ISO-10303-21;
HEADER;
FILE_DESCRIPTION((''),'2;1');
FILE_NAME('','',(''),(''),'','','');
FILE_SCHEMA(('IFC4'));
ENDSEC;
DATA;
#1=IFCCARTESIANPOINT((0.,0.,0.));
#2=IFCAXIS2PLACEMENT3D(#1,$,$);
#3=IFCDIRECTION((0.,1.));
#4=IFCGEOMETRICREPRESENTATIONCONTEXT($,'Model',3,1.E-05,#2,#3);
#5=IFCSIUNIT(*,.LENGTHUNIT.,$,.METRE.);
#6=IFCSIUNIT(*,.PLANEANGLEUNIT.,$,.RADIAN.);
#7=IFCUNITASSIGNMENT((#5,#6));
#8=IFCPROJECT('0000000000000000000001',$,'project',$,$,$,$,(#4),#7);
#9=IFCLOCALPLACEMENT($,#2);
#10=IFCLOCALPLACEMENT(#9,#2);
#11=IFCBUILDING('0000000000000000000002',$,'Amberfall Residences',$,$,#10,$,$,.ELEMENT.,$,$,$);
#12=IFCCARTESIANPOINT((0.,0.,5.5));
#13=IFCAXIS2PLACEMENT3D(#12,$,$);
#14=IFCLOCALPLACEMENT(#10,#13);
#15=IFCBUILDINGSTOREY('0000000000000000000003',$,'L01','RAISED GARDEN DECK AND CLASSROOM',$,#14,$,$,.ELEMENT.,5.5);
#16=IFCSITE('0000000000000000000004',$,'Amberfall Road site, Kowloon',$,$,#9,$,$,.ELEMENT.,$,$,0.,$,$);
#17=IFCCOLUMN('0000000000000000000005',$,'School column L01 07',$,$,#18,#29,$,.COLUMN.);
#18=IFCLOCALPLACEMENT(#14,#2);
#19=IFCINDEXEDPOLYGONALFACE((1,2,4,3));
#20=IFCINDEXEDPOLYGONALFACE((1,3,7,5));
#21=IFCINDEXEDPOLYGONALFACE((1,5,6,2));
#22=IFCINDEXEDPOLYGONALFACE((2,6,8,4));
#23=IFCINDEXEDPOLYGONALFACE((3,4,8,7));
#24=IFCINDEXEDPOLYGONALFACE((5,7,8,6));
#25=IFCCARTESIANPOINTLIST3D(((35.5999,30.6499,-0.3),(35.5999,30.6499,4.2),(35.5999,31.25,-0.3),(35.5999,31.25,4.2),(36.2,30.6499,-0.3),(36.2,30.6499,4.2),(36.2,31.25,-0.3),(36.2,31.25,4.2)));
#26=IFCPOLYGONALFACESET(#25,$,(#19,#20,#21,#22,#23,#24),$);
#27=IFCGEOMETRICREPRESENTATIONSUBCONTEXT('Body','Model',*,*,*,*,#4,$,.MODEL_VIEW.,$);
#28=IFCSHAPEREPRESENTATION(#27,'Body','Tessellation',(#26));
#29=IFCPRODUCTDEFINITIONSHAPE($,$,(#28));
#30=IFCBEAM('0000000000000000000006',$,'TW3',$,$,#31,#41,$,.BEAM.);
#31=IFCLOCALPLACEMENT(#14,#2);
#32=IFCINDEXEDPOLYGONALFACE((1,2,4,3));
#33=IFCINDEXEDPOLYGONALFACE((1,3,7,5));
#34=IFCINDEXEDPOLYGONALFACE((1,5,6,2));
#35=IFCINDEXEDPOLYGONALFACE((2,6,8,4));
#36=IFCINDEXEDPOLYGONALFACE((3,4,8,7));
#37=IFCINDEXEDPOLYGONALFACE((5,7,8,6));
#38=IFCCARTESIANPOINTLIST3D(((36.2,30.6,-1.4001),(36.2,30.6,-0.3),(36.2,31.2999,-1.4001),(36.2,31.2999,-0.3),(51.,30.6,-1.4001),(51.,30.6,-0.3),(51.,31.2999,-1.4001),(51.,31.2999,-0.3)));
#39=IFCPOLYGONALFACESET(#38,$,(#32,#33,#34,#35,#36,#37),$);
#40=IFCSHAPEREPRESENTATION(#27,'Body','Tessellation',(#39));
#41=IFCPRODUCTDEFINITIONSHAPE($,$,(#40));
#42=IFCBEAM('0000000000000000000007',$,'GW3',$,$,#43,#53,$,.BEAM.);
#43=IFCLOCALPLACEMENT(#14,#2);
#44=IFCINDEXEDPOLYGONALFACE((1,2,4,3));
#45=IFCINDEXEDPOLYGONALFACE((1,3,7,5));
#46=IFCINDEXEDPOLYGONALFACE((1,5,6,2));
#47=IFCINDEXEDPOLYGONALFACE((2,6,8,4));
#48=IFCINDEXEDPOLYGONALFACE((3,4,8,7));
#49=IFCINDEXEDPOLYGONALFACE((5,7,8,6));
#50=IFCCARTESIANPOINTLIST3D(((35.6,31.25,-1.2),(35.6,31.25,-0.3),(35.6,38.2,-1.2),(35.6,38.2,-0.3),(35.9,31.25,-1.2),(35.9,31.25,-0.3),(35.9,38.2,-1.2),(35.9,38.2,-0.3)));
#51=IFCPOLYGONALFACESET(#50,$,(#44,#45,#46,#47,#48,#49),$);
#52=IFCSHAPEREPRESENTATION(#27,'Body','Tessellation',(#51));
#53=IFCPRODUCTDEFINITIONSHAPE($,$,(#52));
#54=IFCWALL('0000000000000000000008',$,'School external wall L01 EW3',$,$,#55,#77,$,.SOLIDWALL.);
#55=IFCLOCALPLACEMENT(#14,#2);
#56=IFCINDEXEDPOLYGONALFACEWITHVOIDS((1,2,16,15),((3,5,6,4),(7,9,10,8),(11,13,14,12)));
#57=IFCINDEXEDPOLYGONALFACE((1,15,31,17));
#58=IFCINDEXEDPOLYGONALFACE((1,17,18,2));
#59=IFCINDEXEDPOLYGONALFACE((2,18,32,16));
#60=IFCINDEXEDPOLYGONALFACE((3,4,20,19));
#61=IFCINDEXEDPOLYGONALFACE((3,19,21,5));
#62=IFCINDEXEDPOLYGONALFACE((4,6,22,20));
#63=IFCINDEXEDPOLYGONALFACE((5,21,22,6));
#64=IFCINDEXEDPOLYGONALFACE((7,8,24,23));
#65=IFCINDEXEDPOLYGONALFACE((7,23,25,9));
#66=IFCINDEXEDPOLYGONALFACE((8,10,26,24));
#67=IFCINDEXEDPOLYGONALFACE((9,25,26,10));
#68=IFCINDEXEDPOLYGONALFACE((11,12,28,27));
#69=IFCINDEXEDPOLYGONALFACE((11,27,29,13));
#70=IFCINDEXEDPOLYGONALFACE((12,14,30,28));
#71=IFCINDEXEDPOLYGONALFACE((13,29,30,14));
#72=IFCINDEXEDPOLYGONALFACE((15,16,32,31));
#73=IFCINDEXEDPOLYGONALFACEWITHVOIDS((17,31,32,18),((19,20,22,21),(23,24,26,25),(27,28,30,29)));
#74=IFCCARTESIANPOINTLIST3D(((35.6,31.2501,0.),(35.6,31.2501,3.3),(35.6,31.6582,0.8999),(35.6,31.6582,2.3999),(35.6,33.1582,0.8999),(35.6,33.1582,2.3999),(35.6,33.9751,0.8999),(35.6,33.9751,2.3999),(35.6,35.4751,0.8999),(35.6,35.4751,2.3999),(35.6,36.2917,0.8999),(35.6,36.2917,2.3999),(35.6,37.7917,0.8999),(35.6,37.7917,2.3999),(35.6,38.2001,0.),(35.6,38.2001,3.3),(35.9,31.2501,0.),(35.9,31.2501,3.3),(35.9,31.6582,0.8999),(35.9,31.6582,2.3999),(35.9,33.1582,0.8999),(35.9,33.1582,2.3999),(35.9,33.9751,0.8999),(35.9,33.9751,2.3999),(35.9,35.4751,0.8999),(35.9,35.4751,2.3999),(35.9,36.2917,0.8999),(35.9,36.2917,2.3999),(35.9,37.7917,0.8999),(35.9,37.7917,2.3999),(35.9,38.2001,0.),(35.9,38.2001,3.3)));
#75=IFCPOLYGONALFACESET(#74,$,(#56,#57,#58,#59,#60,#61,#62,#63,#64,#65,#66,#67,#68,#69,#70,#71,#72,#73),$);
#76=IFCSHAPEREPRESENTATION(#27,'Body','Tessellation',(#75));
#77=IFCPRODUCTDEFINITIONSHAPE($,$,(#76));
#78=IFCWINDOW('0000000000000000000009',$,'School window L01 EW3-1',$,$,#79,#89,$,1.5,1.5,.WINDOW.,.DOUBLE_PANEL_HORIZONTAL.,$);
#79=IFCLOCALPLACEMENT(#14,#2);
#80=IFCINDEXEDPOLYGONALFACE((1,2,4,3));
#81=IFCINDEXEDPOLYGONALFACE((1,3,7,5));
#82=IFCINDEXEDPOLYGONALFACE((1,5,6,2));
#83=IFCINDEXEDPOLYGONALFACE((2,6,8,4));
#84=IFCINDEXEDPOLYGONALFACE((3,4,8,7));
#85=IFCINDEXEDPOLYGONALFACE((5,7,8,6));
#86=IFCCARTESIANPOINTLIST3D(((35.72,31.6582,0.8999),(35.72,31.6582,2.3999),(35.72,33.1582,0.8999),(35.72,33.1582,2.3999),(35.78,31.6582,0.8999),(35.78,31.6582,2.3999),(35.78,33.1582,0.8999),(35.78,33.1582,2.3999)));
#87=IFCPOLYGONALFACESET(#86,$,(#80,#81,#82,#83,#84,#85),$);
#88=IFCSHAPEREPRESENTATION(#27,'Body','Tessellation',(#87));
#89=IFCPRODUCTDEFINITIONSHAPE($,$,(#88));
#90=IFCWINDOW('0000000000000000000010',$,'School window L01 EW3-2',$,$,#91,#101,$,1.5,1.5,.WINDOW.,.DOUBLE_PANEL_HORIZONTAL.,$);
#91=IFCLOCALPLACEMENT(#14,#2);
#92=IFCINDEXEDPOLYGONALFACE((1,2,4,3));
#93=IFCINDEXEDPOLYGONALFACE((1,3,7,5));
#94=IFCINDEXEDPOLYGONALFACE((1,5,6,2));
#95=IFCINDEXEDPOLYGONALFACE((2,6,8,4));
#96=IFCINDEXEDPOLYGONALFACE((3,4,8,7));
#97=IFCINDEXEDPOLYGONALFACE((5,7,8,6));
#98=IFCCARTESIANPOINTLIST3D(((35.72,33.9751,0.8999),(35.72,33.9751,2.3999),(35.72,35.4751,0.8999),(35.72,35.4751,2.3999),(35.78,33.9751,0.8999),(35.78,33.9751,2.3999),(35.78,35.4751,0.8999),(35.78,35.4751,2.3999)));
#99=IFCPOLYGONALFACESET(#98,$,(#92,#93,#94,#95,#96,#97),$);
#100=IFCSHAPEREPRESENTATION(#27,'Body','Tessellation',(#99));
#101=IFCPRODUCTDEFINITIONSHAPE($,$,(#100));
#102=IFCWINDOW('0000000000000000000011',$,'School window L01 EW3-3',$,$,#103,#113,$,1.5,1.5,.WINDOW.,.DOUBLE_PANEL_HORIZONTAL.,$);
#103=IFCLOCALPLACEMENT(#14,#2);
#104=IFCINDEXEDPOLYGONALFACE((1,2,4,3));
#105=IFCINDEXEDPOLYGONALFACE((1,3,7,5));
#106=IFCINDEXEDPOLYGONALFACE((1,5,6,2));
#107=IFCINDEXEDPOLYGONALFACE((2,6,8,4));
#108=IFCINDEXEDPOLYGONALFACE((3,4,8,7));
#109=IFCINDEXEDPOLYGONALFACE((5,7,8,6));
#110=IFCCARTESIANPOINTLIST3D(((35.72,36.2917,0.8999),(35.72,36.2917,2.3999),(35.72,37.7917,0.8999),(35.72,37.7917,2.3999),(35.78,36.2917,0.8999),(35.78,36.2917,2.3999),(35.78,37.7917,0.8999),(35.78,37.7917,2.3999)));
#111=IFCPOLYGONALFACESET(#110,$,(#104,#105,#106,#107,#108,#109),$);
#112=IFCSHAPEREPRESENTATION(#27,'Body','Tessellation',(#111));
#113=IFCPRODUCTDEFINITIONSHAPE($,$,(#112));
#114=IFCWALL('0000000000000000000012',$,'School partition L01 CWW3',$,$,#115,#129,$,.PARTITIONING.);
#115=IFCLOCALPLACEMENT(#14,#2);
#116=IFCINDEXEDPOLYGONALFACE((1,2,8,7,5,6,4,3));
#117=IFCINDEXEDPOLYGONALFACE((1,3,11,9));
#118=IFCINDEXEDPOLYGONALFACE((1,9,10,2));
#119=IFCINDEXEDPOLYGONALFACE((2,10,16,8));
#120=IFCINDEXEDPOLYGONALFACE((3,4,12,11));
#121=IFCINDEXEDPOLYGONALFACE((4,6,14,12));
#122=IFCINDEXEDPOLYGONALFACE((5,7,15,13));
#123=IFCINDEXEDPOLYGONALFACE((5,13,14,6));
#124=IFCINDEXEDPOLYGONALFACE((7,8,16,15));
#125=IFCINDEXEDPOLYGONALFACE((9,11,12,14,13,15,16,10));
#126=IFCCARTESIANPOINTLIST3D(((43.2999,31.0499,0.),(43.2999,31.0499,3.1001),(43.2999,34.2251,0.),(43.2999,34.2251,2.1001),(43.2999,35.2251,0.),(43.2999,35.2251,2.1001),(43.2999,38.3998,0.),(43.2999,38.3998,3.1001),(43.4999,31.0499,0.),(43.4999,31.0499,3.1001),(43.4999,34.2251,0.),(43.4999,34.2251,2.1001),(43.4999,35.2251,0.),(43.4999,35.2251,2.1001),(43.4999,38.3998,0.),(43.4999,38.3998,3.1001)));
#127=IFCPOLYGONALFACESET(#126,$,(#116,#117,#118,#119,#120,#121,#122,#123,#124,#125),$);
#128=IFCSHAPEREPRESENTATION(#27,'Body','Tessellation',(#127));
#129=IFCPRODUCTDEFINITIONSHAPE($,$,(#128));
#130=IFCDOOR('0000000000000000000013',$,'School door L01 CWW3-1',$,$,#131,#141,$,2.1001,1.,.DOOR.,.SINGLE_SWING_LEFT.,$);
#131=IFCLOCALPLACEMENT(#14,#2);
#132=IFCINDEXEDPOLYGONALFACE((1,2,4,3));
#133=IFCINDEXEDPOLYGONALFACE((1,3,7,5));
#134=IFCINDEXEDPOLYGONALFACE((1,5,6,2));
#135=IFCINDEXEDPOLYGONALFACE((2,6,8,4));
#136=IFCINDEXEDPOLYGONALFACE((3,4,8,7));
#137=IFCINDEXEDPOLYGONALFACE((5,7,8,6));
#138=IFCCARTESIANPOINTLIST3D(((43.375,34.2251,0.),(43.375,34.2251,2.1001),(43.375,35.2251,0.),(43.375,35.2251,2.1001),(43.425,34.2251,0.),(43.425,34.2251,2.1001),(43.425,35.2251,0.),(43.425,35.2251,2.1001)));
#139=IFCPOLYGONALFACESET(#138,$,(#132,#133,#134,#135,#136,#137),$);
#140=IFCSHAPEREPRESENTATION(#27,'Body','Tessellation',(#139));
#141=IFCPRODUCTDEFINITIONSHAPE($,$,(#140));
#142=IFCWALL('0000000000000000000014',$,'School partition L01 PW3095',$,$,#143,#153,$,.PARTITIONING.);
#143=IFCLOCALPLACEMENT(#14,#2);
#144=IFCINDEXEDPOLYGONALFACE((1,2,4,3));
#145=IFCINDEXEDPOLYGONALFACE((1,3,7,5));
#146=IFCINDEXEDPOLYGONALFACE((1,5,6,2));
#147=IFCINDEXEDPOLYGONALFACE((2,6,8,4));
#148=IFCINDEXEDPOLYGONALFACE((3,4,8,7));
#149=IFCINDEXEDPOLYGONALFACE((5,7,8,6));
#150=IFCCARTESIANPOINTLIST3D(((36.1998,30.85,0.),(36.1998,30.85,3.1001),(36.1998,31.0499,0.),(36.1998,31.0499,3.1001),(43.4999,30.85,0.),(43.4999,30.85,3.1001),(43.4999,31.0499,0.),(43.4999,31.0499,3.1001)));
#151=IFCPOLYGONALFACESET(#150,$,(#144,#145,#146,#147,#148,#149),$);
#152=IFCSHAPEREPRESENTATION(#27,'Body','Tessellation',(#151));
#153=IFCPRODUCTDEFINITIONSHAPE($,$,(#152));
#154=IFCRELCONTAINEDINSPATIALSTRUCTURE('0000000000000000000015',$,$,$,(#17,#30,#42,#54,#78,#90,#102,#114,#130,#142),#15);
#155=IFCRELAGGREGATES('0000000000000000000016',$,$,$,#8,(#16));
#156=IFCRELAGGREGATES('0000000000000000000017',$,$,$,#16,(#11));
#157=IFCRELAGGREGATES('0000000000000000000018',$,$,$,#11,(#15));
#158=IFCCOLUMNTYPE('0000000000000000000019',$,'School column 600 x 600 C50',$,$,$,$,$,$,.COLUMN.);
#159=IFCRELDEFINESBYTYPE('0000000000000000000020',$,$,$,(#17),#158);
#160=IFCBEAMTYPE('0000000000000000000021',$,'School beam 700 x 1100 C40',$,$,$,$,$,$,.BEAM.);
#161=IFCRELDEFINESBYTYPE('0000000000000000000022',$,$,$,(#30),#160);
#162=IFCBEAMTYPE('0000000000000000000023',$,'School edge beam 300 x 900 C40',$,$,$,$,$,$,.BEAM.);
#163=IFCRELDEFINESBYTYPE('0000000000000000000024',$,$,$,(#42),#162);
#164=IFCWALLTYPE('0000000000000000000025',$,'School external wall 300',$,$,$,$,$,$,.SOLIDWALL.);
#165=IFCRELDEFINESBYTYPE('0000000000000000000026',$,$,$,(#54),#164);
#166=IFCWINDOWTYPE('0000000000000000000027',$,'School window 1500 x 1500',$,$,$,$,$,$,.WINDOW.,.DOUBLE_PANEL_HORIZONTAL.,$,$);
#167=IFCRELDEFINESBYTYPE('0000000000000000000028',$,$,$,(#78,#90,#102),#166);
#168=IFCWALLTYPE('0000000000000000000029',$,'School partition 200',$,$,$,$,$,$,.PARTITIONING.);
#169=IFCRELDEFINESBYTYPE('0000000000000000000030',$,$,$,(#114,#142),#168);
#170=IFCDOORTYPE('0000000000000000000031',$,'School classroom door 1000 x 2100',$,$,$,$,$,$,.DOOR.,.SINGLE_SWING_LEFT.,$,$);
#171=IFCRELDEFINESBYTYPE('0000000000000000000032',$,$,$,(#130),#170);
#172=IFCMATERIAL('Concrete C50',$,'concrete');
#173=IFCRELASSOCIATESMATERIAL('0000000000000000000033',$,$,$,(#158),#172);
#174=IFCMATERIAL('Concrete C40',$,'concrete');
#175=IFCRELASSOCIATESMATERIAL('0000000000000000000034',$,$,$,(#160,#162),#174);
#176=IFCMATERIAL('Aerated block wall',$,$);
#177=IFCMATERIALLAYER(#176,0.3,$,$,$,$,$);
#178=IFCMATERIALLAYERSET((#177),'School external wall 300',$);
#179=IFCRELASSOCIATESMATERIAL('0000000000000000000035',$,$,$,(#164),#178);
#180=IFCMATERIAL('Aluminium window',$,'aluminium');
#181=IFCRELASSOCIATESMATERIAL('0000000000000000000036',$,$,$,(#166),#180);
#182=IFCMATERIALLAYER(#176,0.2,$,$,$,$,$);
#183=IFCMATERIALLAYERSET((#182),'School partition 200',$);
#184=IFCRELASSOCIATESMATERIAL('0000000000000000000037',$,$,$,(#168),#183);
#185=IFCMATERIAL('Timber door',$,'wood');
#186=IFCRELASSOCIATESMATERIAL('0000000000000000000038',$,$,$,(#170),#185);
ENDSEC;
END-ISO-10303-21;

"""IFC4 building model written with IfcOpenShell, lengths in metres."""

from ifc_helpers import new_model, si_unit, direction, frame, frame_2d, origin, origin_2d, place, context, subcontext, project, spatial, rectangle, extrude, material, layer, layer_set, material_profile, profile_set, type_object, element, fill, save


model = new_model("IFC4")

# Units and contexts
model_context = context("Model", 3, precision=1e-05, world=origin(), true_north=direction((0.0, 1.0)))
body_context = subcontext(model_context, "Body", "Model", "MODEL_VIEW")
ifc_project = project(units=[si_unit("LENGTHUNIT", "METRE"), si_unit("PLANEANGLEUNIT", "RADIAN")], contexts=[model_context])

# Site, building, storey
site_placement = place(None, origin())
site = spatial("IfcSite", under=ifc_project, at=site_placement, Name="Amberfall Road site, Kowloon", CompositionType="ELEMENT", RefElevation=0.0)
building_placement = place(site_placement, origin())
building = spatial("IfcBuilding", under=site, at=building_placement, Name="Amberfall Residences", CompositionType="ELEMENT")
storey_placement = place(building_placement, frame((0.0, 0.0, 5.5)))
storey = spatial("IfcBuildingStorey", under=building, at=storey_placement, Name="L01", Description="RAISED GARDEN DECK AND CLASSROOM", CompositionType="ELEMENT", Elevation=5.5)

# Column
ifc_material_1 = material(Name="Concrete C50", Category="concrete")
ifc_material_profile_1 = material_profile(ifc_material_1, rectangle(XDim=0.6001, YDim=0.6001, at=origin_2d()), Name="School column 600 x 600 C50")
ifc_profile_set_1 = profile_set([ifc_material_profile_1], Name="Concrete C50")
column_type = type_object("IfcColumnType", Name="School column 600 x 600 C50", PredefinedType="COLUMN", material=ifc_profile_set_1)
column_placement = place(storey_placement, frame((35.8999, 30.95, -0.3), z_axis=(0.0, 0.0, 1.0), x_axis=(1.0, 0.0, 0.0)))
element("IfcColumn", 1, at=column_placement, inside=storey, type_object=column_type, Name="School column L01 07", PredefinedType="COLUMN", context=body_context, shape_type="SweptSolid", body=[
    extrude(rectangle(XDim=0.6001, YDim=0.6001, at=origin_2d()), origin(), (0.0, 0.0, 1.0), 4.5),
])

# Beams
ifc_material_2 = material(Name="Concrete C40", Category="concrete")
ifc_material_profile_2 = material_profile(ifc_material_2, rectangle(XDim=0.7, YDim=1.1001, at=origin_2d()), Name="School beam 700 x 1100 C40")
ifc_profile_set_2 = profile_set([ifc_material_profile_2], Name="Concrete C40")
beam_type_1 = type_object("IfcBeamType", Name="School beam 700 x 1100 C40", PredefinedType="BEAM", material=ifc_profile_set_2)
beam_1_placement = place(storey_placement, frame((36.2, 30.95, -0.8501), z_axis=(1.0, 0.0, 0.0), x_axis=(0.0, 1.0, 0.0)))
element("IfcBeam", 2, at=beam_1_placement, inside=storey, type_object=beam_type_1, Name="TW3", PredefinedType="BEAM", context=body_context, shape_type="SweptSolid", body=[
    extrude(rectangle(XDim=0.7, YDim=1.1001, at=origin_2d()), origin(), (0.0, 0.0, 1.0), 14.8),
])
ifc_material_profile_3 = material_profile(ifc_material_2, rectangle(XDim=0.3, YDim=0.8999, at=origin_2d()), Name="School edge beam 300 x 900 C40")
ifc_profile_set_3 = profile_set([ifc_material_profile_3], Name="Concrete C40")
beam_type_2 = type_object("IfcBeamType", Name="School edge beam 300 x 900 C40", PredefinedType="BEAM", material=ifc_profile_set_3)
beam_2_placement = place(storey_placement, frame((35.75, 31.25, -0.75), z_axis=(0.0, 1.0, 0.0), x_axis=(-1.0, 0.0, 0.0)))
element("IfcBeam", 3, at=beam_2_placement, inside=storey, type_object=beam_type_2, Name="GW3", PredefinedType="BEAM", context=body_context, shape_type="SweptSolid", body=[
    extrude(rectangle(XDim=0.3, YDim=0.8999, at=origin_2d()), origin(), (0.0, 0.0, 1.0), 6.95),
])

# Wall, openings, windows
ifc_material_3 = material(Name="Aerated block wall")
ifc_layer_1 = layer(ifc_material_3, 0.3)
ifc_layer_set_1 = layer_set([ifc_layer_1], Name="School external wall 300")
wall_type_1 = type_object("IfcWallType", Name="School external wall 300", PredefinedType="SOLIDWALL", material=ifc_layer_set_1)
wall_1_placement = place(storey_placement, frame((35.75, 31.25, 0.0), z_axis=(0.0, 0.0, 1.0), x_axis=(0.0, 1.0, 0.0)))
wall_1 = element("IfcWall", 4, at=wall_1_placement, inside=storey, type_object=wall_type_1, Name="School external wall L01 EW3", PredefinedType="SOLIDWALL", context=body_context, shape_type="SweptSolid", body=[
    extrude(rectangle(XDim=6.95, YDim=0.3, at=frame_2d((3.4751, 0.0))), origin(), (0.0, 0.0, 1.0), 3.3),
])
opening_1_placement = place(wall_1_placement, frame((0.4082, 0.0, 0.8999)))
opening_1 = element("IfcOpeningElement", 5, at=opening_1_placement, cuts=wall_1, PredefinedType="OPENING", context=body_context, shape_type="SweptSolid", body=[
    extrude(rectangle(XDim=1.5, YDim=1.5, at=frame_2d((0.75, 0.75))), frame((0.0, 0.1599, 0.0), z_axis=(0.0, -1.0, 0.0), x_axis=(1.0, 0.0, 0.0)), (0.0, 0.0, 1.0), 0.3201),
])
opening_2_placement = place(wall_1_placement, frame((2.7251, 0.0, 0.8999)))
opening_2 = element("IfcOpeningElement", 6, at=opening_2_placement, cuts=wall_1, PredefinedType="OPENING", context=body_context, shape_type="SweptSolid", body=[
    extrude(rectangle(XDim=1.5, YDim=1.5, at=frame_2d((0.75, 0.75))), frame((0.0, 0.1599, 0.0), z_axis=(0.0, -1.0, 0.0), x_axis=(1.0, 0.0, 0.0)), (0.0, 0.0, 1.0), 0.3201),
])
opening_3_placement = place(wall_1_placement, frame((5.0417, 0.0, 0.8999)))
opening_3 = element("IfcOpeningElement", 7, at=opening_3_placement, cuts=wall_1, PredefinedType="OPENING", context=body_context, shape_type="SweptSolid", body=[
    extrude(rectangle(XDim=1.5, YDim=1.5, at=frame_2d((0.75, 0.75))), frame((0.0, 0.1599, 0.0), z_axis=(0.0, -1.0, 0.0), x_axis=(1.0, 0.0, 0.0)), (0.0, 0.0, 1.0), 0.3201),
])
ifc_material_4 = material(Name="Aluminium window", Category="aluminium")
window_type = type_object("IfcWindowType", Name="School window 1500 x 1500", PartitioningType="DOUBLE_PANEL_HORIZONTAL", PredefinedType="WINDOW", material=ifc_material_4)
window_1_placement = place(opening_1_placement, origin())
window_1 = element("IfcWindow", 8, at=window_1_placement, inside=storey, type_object=window_type, Name="School window L01 EW3-1", OverallHeight=1.5, OverallWidth=1.5, PartitioningType="DOUBLE_PANEL_HORIZONTAL", PredefinedType="WINDOW", context=body_context, shape_type="SweptSolid", body=[
    extrude(rectangle(XDim=1.5, YDim=1.5, at=frame_2d((0.75, 0.75))), frame((0.0, 0.03, 0.0), z_axis=(0.0, -1.0, 0.0), x_axis=(1.0, 0.0, 0.0)), (0.0, 0.0, 1.0), 0.0601),
])
fill(opening_1, window_1)
window_2_placement = place(opening_2_placement, origin())
window_2 = element("IfcWindow", 9, at=window_2_placement, inside=storey, type_object=window_type, Name="School window L01 EW3-2", OverallHeight=1.5, OverallWidth=1.5, PartitioningType="DOUBLE_PANEL_HORIZONTAL", PredefinedType="WINDOW", context=body_context, shape_type="SweptSolid", body=[
    extrude(rectangle(XDim=1.5, YDim=1.5, at=frame_2d((0.75, 0.75))), frame((0.0, 0.03, 0.0), z_axis=(0.0, -1.0, 0.0), x_axis=(1.0, 0.0, 0.0)), (0.0, 0.0, 1.0), 0.0601),
])
fill(opening_2, window_2)
window_3_placement = place(opening_3_placement, origin())
window_3 = element("IfcWindow", 10, at=window_3_placement, inside=storey, type_object=window_type, Name="School window L01 EW3-3", OverallHeight=1.5, OverallWidth=1.5, PartitioningType="DOUBLE_PANEL_HORIZONTAL", PredefinedType="WINDOW", context=body_context, shape_type="SweptSolid", body=[
    extrude(rectangle(XDim=1.5, YDim=1.5, at=frame_2d((0.75, 0.75))), frame((0.0, 0.03, 0.0), z_axis=(0.0, -1.0, 0.0), x_axis=(1.0, 0.0, 0.0)), (0.0, 0.0, 1.0), 0.0601),
])
fill(opening_3, window_3)

# Wall, opening, door
ifc_layer_2 = layer(ifc_material_3, 0.2)
ifc_layer_set_2 = layer_set([ifc_layer_2], Name="School partition 200")
wall_type_2 = type_object("IfcWallType", Name="School partition 200", PredefinedType="PARTITIONING", material=ifc_layer_set_2)
wall_2_placement = place(storey_placement, frame((43.3999, 31.05, 0.0), z_axis=(0.0, 0.0, 1.0), x_axis=(0.0, 1.0, 0.0)))
wall_2 = element("IfcWall", 11, at=wall_2_placement, inside=storey, type_object=wall_type_2, Name="School partition L01 CWW3", PredefinedType="PARTITIONING", context=body_context, shape_type="SweptSolid", body=[
    extrude(rectangle(XDim=7.3499, YDim=0.2, at=frame_2d((3.6748, 0.0))), origin(), (0.0, 0.0, 1.0), 3.1001),
])
opening_4_placement = place(wall_2_placement, frame((3.175, 0.0, 0.0)))
opening_4 = element("IfcOpeningElement", 12, at=opening_4_placement, cuts=wall_2, PredefinedType="OPENING", context=body_context, shape_type="SweptSolid", body=[
    extrude(rectangle(XDim=1.0, YDim=2.1001, at=frame_2d((0.5, 1.05))), frame((0.0, 0.1099, 0.0), z_axis=(0.0, -1.0, 0.0), x_axis=(1.0, 0.0, 0.0)), (0.0, 0.0, 1.0), 0.22),
])
ifc_material_5 = material(Name="Timber door", Category="wood")
door_type_1 = type_object("IfcDoorType", Name="School classroom door 1000 x 2100", OperationType="SINGLE_SWING_LEFT", PredefinedType="DOOR", material=ifc_material_5)
door_1_placement = place(opening_4_placement, origin())
door_1 = element("IfcDoor", 13, at=door_1_placement, inside=storey, type_object=door_type_1, Name="School door L01 CWW3-1", OperationType="SINGLE_SWING_LEFT", OverallHeight=2.1001, OverallWidth=1.0, PredefinedType="DOOR", context=body_context, shape_type="SweptSolid", body=[
    extrude(rectangle(XDim=1.0, YDim=2.1001, at=frame_2d((0.5, 1.05))), frame((0.0, 0.0249, 0.0), z_axis=(0.0, -1.0, 0.0), x_axis=(1.0, 0.0, 0.0)), (0.0, 0.0, 1.0), 0.05),
])
fill(opening_4, door_1)

# Wall
wall_3_placement = place(storey_placement, frame((36.2, 30.95, 0.0), z_axis=(0.0, 0.0, 1.0), x_axis=(1.0, 0.0, 0.0)))
element("IfcWall", 14, at=wall_3_placement, inside=storey, type_object=wall_type_2, Name="School partition L01 PW3095", PredefinedType="PARTITIONING", context=body_context, shape_type="SweptSolid", body=[
    extrude(rectangle(XDim=7.3, YDim=0.2, at=frame_2d((3.6499, 0.0))), origin(), (0.0, 0.0, 1.0), 3.1001),
])

save(model, "model.ifc")
